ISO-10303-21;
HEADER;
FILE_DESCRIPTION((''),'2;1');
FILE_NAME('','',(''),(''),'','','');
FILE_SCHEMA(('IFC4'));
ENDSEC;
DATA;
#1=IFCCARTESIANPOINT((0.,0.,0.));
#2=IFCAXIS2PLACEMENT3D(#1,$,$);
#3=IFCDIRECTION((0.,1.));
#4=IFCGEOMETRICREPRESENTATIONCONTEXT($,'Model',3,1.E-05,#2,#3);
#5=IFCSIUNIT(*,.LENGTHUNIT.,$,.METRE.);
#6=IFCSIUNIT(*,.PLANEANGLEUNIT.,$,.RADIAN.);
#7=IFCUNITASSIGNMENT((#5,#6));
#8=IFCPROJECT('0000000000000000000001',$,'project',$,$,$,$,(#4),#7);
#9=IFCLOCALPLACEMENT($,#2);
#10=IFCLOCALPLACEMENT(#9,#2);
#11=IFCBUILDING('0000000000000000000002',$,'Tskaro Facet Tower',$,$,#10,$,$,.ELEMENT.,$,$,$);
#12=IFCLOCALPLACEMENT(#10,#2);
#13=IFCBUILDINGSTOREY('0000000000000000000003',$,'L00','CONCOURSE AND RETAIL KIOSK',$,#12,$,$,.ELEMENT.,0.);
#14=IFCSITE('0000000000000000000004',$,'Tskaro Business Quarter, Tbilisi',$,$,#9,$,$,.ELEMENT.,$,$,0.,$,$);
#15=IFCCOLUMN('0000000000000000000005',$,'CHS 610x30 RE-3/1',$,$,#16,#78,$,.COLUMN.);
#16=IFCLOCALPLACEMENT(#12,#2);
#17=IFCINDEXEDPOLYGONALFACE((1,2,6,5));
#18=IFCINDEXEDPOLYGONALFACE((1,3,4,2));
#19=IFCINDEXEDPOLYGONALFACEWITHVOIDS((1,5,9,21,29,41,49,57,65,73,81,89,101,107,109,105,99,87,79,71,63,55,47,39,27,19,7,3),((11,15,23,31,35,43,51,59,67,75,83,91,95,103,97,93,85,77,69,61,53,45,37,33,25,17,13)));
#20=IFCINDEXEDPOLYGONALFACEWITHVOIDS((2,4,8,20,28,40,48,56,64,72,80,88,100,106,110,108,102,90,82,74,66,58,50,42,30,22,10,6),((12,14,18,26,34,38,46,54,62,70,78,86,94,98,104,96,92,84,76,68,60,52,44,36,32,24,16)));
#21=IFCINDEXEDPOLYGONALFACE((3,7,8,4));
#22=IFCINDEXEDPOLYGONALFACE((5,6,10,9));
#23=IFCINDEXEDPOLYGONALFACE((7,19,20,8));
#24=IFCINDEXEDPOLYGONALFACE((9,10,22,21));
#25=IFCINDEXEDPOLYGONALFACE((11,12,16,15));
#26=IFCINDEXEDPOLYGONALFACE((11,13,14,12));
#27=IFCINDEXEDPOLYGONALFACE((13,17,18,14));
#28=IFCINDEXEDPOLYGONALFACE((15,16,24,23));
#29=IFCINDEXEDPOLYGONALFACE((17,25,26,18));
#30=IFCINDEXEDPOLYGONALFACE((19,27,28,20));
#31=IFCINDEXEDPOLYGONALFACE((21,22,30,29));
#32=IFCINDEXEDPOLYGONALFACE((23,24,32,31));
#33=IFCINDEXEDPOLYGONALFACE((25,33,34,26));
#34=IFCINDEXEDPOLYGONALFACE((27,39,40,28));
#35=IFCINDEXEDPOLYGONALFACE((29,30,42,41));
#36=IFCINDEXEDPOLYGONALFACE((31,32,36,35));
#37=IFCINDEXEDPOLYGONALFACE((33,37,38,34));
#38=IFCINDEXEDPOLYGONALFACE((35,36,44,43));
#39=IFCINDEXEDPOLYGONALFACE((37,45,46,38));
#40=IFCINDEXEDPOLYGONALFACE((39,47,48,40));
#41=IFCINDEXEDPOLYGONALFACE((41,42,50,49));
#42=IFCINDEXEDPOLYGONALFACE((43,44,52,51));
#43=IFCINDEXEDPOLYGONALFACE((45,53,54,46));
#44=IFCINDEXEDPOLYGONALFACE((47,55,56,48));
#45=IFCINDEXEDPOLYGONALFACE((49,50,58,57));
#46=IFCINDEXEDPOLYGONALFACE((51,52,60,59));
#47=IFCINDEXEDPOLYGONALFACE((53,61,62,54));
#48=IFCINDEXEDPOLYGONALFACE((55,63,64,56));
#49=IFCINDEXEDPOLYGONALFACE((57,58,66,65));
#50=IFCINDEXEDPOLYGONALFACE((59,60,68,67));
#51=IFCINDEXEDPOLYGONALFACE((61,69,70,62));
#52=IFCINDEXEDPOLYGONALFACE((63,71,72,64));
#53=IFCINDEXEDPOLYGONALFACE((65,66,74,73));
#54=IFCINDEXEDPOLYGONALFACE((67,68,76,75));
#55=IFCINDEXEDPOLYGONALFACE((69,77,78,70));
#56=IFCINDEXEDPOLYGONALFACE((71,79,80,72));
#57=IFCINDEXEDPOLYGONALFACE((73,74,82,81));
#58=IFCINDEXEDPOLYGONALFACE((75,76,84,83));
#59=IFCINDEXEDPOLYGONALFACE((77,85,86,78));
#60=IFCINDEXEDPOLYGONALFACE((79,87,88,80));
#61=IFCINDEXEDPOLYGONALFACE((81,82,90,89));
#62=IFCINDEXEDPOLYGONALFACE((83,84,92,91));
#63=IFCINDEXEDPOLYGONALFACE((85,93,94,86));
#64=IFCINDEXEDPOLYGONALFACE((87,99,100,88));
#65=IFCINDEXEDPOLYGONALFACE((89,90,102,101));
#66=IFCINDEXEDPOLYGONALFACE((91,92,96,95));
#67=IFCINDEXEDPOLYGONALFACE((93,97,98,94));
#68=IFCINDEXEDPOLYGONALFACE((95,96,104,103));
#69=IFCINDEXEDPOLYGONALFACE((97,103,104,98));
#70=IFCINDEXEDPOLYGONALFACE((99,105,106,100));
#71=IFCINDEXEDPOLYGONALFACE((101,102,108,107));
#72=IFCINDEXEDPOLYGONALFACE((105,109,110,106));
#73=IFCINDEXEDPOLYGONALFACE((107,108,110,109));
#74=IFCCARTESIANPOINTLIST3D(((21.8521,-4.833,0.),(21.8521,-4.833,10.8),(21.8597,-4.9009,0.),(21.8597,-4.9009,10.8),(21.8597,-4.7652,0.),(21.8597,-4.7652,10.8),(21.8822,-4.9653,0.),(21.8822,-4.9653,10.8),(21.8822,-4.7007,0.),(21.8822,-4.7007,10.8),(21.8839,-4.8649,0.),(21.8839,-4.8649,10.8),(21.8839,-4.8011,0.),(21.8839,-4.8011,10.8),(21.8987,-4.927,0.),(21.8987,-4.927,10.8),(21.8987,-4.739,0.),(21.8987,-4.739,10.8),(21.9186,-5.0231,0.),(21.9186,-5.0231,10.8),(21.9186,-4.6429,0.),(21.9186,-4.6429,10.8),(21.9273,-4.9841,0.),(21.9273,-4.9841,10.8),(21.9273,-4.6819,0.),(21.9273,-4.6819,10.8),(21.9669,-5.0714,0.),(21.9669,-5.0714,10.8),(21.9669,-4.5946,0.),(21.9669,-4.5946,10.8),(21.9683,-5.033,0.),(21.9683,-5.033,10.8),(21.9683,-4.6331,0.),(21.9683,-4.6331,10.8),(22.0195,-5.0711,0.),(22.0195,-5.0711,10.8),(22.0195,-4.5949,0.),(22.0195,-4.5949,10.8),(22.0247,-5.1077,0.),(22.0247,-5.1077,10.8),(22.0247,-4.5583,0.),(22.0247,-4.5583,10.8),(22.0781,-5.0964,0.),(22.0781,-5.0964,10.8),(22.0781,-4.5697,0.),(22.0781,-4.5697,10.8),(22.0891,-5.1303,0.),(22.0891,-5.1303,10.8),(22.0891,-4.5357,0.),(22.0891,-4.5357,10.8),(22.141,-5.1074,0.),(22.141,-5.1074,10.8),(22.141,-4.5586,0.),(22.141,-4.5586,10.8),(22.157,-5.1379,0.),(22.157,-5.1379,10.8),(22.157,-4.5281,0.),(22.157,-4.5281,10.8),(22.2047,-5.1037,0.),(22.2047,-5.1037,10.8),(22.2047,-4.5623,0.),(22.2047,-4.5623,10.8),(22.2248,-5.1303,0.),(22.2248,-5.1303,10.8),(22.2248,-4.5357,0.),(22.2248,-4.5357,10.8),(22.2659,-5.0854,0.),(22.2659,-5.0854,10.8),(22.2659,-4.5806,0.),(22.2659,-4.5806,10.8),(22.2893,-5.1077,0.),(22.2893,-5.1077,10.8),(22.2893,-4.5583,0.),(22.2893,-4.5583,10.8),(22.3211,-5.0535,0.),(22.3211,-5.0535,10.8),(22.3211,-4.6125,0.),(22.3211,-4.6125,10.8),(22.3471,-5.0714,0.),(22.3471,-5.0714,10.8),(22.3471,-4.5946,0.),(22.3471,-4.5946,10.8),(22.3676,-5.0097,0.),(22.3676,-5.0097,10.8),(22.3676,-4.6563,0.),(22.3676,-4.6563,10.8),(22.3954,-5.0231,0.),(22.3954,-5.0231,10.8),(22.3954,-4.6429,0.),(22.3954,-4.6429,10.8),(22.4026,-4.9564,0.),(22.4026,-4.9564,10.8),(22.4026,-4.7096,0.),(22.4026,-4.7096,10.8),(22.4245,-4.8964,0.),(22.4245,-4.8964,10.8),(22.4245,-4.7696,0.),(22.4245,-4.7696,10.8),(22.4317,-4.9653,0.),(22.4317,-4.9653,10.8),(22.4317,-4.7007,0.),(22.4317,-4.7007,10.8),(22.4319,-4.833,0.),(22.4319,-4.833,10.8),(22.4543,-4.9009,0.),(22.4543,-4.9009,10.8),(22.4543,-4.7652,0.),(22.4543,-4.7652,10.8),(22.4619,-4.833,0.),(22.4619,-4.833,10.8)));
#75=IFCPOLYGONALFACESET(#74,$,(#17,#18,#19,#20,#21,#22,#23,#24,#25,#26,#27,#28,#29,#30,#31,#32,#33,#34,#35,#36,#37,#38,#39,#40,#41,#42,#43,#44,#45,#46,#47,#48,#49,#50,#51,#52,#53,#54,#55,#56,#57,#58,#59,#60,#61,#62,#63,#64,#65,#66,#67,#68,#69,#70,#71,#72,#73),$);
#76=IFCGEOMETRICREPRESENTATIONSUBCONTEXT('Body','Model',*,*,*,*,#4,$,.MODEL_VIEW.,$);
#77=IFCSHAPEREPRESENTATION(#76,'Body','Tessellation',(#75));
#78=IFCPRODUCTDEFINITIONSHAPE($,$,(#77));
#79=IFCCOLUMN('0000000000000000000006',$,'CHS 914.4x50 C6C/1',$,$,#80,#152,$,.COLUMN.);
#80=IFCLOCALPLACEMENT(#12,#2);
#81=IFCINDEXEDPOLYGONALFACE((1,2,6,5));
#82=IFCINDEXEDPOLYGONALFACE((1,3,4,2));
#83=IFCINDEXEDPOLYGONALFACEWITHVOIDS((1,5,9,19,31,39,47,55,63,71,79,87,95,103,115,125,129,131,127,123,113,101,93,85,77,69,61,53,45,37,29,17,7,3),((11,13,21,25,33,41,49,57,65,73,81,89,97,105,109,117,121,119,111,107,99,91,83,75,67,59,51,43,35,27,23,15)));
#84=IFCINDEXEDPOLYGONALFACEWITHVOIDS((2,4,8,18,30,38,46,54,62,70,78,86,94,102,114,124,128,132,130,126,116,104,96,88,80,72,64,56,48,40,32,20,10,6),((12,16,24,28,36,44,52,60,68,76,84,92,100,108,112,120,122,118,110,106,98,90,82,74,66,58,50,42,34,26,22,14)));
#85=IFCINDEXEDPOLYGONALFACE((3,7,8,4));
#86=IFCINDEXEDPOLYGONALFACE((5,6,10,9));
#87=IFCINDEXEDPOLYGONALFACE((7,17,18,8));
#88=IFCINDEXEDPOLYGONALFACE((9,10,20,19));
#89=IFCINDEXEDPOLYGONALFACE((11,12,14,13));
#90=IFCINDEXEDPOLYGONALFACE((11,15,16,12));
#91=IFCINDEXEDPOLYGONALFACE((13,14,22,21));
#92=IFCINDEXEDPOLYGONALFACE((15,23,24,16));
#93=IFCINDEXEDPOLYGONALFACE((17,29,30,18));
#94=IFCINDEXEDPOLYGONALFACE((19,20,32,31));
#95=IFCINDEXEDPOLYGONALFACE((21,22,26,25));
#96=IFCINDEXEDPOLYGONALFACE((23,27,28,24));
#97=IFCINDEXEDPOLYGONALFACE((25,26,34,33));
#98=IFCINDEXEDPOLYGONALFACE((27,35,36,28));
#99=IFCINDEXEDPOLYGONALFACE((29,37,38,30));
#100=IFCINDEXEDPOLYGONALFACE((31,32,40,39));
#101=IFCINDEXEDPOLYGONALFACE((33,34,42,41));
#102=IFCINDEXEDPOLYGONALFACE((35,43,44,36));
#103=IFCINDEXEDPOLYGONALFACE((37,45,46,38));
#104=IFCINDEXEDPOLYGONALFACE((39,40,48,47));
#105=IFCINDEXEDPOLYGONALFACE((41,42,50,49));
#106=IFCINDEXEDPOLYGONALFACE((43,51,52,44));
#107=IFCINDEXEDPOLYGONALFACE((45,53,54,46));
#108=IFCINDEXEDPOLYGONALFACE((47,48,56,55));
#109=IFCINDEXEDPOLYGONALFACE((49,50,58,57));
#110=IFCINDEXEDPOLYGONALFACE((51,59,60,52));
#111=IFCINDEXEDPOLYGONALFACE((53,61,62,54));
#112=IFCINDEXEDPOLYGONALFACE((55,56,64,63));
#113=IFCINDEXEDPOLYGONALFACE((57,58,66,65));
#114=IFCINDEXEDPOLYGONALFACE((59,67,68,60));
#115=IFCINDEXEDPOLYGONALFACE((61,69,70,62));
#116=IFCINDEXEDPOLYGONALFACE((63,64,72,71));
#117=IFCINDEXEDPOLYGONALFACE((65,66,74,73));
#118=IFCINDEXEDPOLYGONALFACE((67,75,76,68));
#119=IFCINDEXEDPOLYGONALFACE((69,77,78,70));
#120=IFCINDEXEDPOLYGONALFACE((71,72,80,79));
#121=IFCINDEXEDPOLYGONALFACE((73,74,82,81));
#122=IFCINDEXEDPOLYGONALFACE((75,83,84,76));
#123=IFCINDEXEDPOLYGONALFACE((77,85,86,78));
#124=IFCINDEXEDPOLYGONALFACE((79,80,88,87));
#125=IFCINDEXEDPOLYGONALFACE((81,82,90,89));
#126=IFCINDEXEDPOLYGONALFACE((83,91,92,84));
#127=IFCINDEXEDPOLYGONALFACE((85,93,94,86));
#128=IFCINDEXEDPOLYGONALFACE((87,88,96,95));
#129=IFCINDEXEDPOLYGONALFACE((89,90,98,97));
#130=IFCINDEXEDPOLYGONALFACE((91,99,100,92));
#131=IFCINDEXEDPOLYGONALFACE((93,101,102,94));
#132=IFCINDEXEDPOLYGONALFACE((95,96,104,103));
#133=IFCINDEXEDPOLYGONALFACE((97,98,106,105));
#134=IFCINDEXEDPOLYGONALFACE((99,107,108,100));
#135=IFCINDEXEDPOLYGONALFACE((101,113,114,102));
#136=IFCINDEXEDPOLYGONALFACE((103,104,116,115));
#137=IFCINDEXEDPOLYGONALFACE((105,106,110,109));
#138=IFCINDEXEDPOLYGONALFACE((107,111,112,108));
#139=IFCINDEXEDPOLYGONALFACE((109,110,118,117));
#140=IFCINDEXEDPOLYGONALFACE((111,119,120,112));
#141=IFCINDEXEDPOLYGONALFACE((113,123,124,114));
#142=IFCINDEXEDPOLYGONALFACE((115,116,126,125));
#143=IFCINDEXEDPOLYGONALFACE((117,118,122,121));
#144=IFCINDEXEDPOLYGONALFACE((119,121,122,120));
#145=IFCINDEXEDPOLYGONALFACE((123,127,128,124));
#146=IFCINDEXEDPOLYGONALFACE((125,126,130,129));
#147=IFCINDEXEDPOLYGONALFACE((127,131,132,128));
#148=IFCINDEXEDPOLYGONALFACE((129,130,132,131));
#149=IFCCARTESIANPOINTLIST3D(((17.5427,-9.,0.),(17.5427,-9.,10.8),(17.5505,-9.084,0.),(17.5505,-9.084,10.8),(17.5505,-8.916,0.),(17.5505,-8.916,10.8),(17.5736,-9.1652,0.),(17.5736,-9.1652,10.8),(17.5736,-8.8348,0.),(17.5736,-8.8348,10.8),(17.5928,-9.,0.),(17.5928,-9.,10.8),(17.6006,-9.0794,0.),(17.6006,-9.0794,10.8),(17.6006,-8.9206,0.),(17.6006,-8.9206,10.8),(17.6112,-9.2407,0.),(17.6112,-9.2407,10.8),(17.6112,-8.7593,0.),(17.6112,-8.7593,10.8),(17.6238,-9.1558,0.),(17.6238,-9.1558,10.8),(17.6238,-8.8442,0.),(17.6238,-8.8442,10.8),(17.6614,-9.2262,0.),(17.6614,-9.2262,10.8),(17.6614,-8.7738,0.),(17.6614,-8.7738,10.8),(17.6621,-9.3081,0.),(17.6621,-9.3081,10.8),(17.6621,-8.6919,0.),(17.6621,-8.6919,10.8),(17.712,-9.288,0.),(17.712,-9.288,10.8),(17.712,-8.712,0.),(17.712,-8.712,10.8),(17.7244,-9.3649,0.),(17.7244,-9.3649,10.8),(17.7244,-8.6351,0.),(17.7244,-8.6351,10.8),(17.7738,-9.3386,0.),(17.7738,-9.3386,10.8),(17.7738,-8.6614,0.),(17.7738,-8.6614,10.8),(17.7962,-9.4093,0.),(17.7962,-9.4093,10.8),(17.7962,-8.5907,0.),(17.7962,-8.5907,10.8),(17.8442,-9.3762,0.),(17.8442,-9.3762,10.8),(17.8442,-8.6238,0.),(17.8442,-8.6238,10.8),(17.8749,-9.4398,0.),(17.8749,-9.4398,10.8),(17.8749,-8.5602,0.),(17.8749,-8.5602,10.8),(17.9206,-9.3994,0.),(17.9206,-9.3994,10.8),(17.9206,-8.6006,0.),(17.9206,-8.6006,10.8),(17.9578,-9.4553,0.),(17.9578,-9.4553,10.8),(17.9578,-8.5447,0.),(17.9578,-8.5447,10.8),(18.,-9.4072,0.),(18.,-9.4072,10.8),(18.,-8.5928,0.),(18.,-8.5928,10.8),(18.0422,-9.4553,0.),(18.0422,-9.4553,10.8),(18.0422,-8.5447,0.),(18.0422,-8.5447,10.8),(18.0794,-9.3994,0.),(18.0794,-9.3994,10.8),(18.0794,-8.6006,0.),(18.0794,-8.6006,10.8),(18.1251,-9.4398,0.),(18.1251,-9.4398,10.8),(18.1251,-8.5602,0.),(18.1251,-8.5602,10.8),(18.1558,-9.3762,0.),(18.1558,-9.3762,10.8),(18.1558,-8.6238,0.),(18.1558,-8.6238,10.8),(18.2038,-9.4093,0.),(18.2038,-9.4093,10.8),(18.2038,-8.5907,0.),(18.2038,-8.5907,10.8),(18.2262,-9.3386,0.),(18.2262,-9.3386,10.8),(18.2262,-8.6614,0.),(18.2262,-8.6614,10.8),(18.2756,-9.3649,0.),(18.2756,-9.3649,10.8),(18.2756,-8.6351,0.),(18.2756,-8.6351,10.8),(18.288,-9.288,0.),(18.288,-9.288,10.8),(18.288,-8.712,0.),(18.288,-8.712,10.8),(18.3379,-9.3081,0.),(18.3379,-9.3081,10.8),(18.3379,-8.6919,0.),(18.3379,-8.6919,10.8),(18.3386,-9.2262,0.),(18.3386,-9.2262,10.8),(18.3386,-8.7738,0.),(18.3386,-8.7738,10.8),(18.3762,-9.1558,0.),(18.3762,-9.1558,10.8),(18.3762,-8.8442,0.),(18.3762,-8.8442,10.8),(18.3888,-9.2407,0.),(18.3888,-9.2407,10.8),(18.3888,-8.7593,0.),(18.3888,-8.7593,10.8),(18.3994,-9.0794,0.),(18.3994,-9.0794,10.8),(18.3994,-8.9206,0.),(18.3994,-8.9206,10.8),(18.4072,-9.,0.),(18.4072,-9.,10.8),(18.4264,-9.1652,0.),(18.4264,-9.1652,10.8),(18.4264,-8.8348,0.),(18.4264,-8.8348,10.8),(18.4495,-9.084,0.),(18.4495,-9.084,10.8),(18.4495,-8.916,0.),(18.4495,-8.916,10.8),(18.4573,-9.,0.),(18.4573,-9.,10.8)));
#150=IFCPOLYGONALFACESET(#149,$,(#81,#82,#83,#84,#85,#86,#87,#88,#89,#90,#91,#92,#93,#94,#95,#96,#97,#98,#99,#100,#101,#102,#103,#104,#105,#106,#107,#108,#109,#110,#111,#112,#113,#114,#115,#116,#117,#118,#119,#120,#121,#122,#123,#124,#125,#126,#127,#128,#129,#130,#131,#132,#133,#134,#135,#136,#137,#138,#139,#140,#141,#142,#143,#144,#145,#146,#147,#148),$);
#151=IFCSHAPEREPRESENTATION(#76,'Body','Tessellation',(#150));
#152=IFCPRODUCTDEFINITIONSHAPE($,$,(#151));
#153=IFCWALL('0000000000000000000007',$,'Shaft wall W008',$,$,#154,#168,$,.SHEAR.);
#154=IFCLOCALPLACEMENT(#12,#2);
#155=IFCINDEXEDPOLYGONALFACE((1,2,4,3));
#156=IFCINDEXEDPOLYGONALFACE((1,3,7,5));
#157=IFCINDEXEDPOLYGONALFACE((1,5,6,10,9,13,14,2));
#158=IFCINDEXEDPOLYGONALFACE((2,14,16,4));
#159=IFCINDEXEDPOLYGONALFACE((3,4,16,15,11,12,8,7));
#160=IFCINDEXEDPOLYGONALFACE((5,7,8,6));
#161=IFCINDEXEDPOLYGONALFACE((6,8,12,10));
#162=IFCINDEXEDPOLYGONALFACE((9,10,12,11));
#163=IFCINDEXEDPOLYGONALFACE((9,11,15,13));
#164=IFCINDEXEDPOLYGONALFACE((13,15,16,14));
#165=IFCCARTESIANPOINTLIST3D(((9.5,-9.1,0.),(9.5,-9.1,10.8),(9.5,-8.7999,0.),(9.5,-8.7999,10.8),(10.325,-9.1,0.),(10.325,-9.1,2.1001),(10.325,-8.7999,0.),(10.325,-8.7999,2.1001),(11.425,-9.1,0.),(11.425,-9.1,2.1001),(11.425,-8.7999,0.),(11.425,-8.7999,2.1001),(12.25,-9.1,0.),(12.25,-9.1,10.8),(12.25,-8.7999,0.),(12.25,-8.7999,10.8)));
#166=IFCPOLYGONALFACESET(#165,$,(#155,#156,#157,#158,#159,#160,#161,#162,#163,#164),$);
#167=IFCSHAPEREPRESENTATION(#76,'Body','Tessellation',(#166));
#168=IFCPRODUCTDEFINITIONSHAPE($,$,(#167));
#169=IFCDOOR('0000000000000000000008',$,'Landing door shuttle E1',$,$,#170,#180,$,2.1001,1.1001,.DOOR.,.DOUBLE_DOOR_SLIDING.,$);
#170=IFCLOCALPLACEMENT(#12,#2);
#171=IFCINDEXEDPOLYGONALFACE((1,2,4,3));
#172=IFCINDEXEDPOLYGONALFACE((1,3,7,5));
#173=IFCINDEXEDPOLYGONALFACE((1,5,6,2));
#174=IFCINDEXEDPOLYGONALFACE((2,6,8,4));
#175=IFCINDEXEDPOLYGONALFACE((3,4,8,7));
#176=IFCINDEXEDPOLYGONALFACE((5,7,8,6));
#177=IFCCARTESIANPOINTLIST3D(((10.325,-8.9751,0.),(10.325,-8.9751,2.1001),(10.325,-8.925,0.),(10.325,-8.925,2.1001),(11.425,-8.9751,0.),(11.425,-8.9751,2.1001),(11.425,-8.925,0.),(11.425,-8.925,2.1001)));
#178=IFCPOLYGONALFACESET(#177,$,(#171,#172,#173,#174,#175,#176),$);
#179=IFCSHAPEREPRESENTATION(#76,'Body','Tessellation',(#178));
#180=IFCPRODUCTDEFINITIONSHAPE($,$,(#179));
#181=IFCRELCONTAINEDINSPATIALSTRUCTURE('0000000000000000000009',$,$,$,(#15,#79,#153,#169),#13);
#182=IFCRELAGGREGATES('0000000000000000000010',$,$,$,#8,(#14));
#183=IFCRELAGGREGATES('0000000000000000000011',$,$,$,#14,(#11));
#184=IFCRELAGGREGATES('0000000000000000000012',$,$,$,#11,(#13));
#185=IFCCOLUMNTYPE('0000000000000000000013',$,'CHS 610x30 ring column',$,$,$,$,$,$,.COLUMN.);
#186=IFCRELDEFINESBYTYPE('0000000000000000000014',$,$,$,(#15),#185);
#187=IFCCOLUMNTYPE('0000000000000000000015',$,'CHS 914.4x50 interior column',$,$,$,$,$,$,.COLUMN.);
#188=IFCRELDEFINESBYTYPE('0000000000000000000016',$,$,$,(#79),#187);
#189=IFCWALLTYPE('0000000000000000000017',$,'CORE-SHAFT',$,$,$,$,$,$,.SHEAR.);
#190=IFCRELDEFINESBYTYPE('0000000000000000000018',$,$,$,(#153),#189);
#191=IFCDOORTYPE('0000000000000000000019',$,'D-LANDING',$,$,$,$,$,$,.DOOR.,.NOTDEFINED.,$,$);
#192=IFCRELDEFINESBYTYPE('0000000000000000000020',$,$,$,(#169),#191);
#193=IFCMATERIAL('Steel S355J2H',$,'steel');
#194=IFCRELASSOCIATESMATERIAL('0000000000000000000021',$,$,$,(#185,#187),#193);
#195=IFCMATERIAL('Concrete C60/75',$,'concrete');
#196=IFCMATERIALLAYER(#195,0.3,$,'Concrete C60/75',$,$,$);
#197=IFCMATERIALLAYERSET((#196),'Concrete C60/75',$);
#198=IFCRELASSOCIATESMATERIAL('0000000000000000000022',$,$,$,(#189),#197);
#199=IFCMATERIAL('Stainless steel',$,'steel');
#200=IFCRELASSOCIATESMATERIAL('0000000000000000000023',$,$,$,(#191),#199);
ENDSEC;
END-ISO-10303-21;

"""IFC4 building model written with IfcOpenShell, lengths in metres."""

from ifc_helpers import new_model, si_unit, direction, frame, frame_2d, origin, origin_2d, place, context, subcontext, project, spatial, rectangle, hollow_circle, extrude, material, layer, layer_set, material_profile, profile_set, type_object, element, fill, save


model = new_model("IFC4")

# Units and contexts
model_context = context("Model", 3, precision=1e-05, world=origin(), true_north=direction((0.0, 1.0)))
body_context = subcontext(model_context, "Body", "Model", "MODEL_VIEW")
ifc_project = project(units=[si_unit("LENGTHUNIT", "METRE"), si_unit("PLANEANGLEUNIT", "RADIAN")], contexts=[model_context])

# Site, building, storey
site_placement = place(None, origin())
site = spatial("IfcSite", under=ifc_project, at=site_placement, Name="Tskaro Business Quarter, Tbilisi", CompositionType="ELEMENT", RefElevation=0.0)
building_placement = place(site_placement, origin())
building = spatial("IfcBuilding", under=site, at=building_placement, Name="Tskaro Facet Tower", CompositionType="ELEMENT")
storey_placement = place(building_placement, origin())
storey = spatial("IfcBuildingStorey", under=building, at=storey_placement, Name="L00", Description="CONCOURSE AND RETAIL KIOSK", CompositionType="ELEMENT", Elevation=0.0)

# Columns
ifc_material_1 = material(Name="Steel S355J2H", Category="steel")
ifc_material_profile_1 = material_profile(ifc_material_1, hollow_circle(Radius=0.3049, WallThickness=0.03, at=origin_2d()), Name="CHS 610x30")
ifc_profile_set_1 = profile_set([ifc_material_profile_1], Name="Steel S355J2H")
column_type_1 = type_object("IfcColumnType", Name="CHS 610x30 ring column", PredefinedType="COLUMN", material=ifc_profile_set_1)
column_1_placement = place(storey_placement, frame((22.157, -4.833, 0.0), z_axis=(0.0, 0.0, 1.0), x_axis=(1.0, 0.0, 0.0)))
element("IfcColumn", 1, at=column_1_placement, inside=storey, type_object=column_type_1, Name="CHS 610x30 RE-3/1", PredefinedType="COLUMN", context=body_context, shape_type="SweptSolid", body=[
    extrude(hollow_circle(Radius=0.3049, WallThickness=0.03, at=origin_2d()), origin(), (0.0, 0.0, 1.0), 10.8),
])
ifc_material_profile_2 = material_profile(ifc_material_1, hollow_circle(Radius=0.4573, WallThickness=0.05, at=origin_2d()), Name="CHS 914.4x50")
ifc_profile_set_2 = profile_set([ifc_material_profile_2], Name="Steel S355J2H")
column_type_2 = type_object("IfcColumnType", Name="CHS 914.4x50 interior column", PredefinedType="COLUMN", material=ifc_profile_set_2)
column_2_placement = place(storey_placement, frame((18.0, -9.0, 0.0), z_axis=(0.0, 0.0, 1.0), x_axis=(1.0, 0.0, 0.0)))
element("IfcColumn", 2, at=column_2_placement, inside=storey, type_object=column_type_2, Name="CHS 914.4x50 C6C/1", PredefinedType="COLUMN", context=body_context, shape_type="SweptSolid", body=[
    extrude(hollow_circle(Radius=0.4573, WallThickness=0.05, at=origin_2d()), origin(), (0.0, 0.0, 1.0), 10.8),
])

# Wall, opening, door
ifc_material_2 = material(Name="Concrete C60/75", Category="concrete")
ifc_layer_1 = layer(ifc_material_2, 0.3, Name="Concrete C60/75")
ifc_layer_set_1 = layer_set([ifc_layer_1], Name="Concrete C60/75")
wall_type_1 = type_object("IfcWallType", Name="CORE-SHAFT", PredefinedType="SHEAR", material=ifc_layer_set_1)
wall_1_placement = place(storey_placement, frame((9.5, -8.95, 0.0), z_axis=(0.0, 0.0, 1.0), x_axis=(1.0, 0.0, 0.0)))
wall_1 = element("IfcWall", 3, at=wall_1_placement, inside=storey, type_object=wall_type_1, Name="Shaft wall W008", PredefinedType="SHEAR", context=body_context, shape_type="SweptSolid", body=[
    extrude(rectangle(XDim=2.75, YDim=0.3, at=frame_2d((1.375, 0.0))), origin(), (0.0, 0.0, 1.0), 10.8),
])
opening_1_placement = place(wall_1_placement, frame((0.825, 0.0, 0.0)))
opening_1 = element("IfcOpeningElement", 4, at=opening_1_placement, cuts=wall_1, PredefinedType="OPENING", context=body_context, shape_type="SweptSolid", body=[
    extrude(rectangle(XDim=1.1001, YDim=2.1001, at=frame_2d((0.55, 1.05))), frame((0.0, 0.1599, 0.0), z_axis=(0.0, -1.0, 0.0), x_axis=(1.0, 0.0, 0.0)), (0.0, 0.0, 1.0), 0.3201),
])
ifc_material_3 = material(Name="Stainless steel", Category="steel")
door_type_1 = type_object("IfcDoorType", Name="D-LANDING", OperationType="NOTDEFINED", PredefinedType="DOOR", material=ifc_material_3)
door_1_placement = place(opening_1_placement, origin())
door_1 = element("IfcDoor", 5, at=door_1_placement, inside=storey, type_object=door_type_1, Name="Landing door shuttle E1", OperationType="DOUBLE_DOOR_SLIDING", OverallHeight=2.1001, OverallWidth=1.1001, PredefinedType="DOOR", context=body_context, shape_type="SweptSolid", body=[
    extrude(rectangle(XDim=1.1001, YDim=2.1001, at=frame_2d((0.55, 1.05))), frame((0.0, 0.0249, 0.0), z_axis=(0.0, -1.0, 0.0), x_axis=(1.0, 0.0, 0.0)), (0.0, 0.0, 1.0), 0.05),
])
fill(opening_1, door_1)

save(model, "model.ifc")
